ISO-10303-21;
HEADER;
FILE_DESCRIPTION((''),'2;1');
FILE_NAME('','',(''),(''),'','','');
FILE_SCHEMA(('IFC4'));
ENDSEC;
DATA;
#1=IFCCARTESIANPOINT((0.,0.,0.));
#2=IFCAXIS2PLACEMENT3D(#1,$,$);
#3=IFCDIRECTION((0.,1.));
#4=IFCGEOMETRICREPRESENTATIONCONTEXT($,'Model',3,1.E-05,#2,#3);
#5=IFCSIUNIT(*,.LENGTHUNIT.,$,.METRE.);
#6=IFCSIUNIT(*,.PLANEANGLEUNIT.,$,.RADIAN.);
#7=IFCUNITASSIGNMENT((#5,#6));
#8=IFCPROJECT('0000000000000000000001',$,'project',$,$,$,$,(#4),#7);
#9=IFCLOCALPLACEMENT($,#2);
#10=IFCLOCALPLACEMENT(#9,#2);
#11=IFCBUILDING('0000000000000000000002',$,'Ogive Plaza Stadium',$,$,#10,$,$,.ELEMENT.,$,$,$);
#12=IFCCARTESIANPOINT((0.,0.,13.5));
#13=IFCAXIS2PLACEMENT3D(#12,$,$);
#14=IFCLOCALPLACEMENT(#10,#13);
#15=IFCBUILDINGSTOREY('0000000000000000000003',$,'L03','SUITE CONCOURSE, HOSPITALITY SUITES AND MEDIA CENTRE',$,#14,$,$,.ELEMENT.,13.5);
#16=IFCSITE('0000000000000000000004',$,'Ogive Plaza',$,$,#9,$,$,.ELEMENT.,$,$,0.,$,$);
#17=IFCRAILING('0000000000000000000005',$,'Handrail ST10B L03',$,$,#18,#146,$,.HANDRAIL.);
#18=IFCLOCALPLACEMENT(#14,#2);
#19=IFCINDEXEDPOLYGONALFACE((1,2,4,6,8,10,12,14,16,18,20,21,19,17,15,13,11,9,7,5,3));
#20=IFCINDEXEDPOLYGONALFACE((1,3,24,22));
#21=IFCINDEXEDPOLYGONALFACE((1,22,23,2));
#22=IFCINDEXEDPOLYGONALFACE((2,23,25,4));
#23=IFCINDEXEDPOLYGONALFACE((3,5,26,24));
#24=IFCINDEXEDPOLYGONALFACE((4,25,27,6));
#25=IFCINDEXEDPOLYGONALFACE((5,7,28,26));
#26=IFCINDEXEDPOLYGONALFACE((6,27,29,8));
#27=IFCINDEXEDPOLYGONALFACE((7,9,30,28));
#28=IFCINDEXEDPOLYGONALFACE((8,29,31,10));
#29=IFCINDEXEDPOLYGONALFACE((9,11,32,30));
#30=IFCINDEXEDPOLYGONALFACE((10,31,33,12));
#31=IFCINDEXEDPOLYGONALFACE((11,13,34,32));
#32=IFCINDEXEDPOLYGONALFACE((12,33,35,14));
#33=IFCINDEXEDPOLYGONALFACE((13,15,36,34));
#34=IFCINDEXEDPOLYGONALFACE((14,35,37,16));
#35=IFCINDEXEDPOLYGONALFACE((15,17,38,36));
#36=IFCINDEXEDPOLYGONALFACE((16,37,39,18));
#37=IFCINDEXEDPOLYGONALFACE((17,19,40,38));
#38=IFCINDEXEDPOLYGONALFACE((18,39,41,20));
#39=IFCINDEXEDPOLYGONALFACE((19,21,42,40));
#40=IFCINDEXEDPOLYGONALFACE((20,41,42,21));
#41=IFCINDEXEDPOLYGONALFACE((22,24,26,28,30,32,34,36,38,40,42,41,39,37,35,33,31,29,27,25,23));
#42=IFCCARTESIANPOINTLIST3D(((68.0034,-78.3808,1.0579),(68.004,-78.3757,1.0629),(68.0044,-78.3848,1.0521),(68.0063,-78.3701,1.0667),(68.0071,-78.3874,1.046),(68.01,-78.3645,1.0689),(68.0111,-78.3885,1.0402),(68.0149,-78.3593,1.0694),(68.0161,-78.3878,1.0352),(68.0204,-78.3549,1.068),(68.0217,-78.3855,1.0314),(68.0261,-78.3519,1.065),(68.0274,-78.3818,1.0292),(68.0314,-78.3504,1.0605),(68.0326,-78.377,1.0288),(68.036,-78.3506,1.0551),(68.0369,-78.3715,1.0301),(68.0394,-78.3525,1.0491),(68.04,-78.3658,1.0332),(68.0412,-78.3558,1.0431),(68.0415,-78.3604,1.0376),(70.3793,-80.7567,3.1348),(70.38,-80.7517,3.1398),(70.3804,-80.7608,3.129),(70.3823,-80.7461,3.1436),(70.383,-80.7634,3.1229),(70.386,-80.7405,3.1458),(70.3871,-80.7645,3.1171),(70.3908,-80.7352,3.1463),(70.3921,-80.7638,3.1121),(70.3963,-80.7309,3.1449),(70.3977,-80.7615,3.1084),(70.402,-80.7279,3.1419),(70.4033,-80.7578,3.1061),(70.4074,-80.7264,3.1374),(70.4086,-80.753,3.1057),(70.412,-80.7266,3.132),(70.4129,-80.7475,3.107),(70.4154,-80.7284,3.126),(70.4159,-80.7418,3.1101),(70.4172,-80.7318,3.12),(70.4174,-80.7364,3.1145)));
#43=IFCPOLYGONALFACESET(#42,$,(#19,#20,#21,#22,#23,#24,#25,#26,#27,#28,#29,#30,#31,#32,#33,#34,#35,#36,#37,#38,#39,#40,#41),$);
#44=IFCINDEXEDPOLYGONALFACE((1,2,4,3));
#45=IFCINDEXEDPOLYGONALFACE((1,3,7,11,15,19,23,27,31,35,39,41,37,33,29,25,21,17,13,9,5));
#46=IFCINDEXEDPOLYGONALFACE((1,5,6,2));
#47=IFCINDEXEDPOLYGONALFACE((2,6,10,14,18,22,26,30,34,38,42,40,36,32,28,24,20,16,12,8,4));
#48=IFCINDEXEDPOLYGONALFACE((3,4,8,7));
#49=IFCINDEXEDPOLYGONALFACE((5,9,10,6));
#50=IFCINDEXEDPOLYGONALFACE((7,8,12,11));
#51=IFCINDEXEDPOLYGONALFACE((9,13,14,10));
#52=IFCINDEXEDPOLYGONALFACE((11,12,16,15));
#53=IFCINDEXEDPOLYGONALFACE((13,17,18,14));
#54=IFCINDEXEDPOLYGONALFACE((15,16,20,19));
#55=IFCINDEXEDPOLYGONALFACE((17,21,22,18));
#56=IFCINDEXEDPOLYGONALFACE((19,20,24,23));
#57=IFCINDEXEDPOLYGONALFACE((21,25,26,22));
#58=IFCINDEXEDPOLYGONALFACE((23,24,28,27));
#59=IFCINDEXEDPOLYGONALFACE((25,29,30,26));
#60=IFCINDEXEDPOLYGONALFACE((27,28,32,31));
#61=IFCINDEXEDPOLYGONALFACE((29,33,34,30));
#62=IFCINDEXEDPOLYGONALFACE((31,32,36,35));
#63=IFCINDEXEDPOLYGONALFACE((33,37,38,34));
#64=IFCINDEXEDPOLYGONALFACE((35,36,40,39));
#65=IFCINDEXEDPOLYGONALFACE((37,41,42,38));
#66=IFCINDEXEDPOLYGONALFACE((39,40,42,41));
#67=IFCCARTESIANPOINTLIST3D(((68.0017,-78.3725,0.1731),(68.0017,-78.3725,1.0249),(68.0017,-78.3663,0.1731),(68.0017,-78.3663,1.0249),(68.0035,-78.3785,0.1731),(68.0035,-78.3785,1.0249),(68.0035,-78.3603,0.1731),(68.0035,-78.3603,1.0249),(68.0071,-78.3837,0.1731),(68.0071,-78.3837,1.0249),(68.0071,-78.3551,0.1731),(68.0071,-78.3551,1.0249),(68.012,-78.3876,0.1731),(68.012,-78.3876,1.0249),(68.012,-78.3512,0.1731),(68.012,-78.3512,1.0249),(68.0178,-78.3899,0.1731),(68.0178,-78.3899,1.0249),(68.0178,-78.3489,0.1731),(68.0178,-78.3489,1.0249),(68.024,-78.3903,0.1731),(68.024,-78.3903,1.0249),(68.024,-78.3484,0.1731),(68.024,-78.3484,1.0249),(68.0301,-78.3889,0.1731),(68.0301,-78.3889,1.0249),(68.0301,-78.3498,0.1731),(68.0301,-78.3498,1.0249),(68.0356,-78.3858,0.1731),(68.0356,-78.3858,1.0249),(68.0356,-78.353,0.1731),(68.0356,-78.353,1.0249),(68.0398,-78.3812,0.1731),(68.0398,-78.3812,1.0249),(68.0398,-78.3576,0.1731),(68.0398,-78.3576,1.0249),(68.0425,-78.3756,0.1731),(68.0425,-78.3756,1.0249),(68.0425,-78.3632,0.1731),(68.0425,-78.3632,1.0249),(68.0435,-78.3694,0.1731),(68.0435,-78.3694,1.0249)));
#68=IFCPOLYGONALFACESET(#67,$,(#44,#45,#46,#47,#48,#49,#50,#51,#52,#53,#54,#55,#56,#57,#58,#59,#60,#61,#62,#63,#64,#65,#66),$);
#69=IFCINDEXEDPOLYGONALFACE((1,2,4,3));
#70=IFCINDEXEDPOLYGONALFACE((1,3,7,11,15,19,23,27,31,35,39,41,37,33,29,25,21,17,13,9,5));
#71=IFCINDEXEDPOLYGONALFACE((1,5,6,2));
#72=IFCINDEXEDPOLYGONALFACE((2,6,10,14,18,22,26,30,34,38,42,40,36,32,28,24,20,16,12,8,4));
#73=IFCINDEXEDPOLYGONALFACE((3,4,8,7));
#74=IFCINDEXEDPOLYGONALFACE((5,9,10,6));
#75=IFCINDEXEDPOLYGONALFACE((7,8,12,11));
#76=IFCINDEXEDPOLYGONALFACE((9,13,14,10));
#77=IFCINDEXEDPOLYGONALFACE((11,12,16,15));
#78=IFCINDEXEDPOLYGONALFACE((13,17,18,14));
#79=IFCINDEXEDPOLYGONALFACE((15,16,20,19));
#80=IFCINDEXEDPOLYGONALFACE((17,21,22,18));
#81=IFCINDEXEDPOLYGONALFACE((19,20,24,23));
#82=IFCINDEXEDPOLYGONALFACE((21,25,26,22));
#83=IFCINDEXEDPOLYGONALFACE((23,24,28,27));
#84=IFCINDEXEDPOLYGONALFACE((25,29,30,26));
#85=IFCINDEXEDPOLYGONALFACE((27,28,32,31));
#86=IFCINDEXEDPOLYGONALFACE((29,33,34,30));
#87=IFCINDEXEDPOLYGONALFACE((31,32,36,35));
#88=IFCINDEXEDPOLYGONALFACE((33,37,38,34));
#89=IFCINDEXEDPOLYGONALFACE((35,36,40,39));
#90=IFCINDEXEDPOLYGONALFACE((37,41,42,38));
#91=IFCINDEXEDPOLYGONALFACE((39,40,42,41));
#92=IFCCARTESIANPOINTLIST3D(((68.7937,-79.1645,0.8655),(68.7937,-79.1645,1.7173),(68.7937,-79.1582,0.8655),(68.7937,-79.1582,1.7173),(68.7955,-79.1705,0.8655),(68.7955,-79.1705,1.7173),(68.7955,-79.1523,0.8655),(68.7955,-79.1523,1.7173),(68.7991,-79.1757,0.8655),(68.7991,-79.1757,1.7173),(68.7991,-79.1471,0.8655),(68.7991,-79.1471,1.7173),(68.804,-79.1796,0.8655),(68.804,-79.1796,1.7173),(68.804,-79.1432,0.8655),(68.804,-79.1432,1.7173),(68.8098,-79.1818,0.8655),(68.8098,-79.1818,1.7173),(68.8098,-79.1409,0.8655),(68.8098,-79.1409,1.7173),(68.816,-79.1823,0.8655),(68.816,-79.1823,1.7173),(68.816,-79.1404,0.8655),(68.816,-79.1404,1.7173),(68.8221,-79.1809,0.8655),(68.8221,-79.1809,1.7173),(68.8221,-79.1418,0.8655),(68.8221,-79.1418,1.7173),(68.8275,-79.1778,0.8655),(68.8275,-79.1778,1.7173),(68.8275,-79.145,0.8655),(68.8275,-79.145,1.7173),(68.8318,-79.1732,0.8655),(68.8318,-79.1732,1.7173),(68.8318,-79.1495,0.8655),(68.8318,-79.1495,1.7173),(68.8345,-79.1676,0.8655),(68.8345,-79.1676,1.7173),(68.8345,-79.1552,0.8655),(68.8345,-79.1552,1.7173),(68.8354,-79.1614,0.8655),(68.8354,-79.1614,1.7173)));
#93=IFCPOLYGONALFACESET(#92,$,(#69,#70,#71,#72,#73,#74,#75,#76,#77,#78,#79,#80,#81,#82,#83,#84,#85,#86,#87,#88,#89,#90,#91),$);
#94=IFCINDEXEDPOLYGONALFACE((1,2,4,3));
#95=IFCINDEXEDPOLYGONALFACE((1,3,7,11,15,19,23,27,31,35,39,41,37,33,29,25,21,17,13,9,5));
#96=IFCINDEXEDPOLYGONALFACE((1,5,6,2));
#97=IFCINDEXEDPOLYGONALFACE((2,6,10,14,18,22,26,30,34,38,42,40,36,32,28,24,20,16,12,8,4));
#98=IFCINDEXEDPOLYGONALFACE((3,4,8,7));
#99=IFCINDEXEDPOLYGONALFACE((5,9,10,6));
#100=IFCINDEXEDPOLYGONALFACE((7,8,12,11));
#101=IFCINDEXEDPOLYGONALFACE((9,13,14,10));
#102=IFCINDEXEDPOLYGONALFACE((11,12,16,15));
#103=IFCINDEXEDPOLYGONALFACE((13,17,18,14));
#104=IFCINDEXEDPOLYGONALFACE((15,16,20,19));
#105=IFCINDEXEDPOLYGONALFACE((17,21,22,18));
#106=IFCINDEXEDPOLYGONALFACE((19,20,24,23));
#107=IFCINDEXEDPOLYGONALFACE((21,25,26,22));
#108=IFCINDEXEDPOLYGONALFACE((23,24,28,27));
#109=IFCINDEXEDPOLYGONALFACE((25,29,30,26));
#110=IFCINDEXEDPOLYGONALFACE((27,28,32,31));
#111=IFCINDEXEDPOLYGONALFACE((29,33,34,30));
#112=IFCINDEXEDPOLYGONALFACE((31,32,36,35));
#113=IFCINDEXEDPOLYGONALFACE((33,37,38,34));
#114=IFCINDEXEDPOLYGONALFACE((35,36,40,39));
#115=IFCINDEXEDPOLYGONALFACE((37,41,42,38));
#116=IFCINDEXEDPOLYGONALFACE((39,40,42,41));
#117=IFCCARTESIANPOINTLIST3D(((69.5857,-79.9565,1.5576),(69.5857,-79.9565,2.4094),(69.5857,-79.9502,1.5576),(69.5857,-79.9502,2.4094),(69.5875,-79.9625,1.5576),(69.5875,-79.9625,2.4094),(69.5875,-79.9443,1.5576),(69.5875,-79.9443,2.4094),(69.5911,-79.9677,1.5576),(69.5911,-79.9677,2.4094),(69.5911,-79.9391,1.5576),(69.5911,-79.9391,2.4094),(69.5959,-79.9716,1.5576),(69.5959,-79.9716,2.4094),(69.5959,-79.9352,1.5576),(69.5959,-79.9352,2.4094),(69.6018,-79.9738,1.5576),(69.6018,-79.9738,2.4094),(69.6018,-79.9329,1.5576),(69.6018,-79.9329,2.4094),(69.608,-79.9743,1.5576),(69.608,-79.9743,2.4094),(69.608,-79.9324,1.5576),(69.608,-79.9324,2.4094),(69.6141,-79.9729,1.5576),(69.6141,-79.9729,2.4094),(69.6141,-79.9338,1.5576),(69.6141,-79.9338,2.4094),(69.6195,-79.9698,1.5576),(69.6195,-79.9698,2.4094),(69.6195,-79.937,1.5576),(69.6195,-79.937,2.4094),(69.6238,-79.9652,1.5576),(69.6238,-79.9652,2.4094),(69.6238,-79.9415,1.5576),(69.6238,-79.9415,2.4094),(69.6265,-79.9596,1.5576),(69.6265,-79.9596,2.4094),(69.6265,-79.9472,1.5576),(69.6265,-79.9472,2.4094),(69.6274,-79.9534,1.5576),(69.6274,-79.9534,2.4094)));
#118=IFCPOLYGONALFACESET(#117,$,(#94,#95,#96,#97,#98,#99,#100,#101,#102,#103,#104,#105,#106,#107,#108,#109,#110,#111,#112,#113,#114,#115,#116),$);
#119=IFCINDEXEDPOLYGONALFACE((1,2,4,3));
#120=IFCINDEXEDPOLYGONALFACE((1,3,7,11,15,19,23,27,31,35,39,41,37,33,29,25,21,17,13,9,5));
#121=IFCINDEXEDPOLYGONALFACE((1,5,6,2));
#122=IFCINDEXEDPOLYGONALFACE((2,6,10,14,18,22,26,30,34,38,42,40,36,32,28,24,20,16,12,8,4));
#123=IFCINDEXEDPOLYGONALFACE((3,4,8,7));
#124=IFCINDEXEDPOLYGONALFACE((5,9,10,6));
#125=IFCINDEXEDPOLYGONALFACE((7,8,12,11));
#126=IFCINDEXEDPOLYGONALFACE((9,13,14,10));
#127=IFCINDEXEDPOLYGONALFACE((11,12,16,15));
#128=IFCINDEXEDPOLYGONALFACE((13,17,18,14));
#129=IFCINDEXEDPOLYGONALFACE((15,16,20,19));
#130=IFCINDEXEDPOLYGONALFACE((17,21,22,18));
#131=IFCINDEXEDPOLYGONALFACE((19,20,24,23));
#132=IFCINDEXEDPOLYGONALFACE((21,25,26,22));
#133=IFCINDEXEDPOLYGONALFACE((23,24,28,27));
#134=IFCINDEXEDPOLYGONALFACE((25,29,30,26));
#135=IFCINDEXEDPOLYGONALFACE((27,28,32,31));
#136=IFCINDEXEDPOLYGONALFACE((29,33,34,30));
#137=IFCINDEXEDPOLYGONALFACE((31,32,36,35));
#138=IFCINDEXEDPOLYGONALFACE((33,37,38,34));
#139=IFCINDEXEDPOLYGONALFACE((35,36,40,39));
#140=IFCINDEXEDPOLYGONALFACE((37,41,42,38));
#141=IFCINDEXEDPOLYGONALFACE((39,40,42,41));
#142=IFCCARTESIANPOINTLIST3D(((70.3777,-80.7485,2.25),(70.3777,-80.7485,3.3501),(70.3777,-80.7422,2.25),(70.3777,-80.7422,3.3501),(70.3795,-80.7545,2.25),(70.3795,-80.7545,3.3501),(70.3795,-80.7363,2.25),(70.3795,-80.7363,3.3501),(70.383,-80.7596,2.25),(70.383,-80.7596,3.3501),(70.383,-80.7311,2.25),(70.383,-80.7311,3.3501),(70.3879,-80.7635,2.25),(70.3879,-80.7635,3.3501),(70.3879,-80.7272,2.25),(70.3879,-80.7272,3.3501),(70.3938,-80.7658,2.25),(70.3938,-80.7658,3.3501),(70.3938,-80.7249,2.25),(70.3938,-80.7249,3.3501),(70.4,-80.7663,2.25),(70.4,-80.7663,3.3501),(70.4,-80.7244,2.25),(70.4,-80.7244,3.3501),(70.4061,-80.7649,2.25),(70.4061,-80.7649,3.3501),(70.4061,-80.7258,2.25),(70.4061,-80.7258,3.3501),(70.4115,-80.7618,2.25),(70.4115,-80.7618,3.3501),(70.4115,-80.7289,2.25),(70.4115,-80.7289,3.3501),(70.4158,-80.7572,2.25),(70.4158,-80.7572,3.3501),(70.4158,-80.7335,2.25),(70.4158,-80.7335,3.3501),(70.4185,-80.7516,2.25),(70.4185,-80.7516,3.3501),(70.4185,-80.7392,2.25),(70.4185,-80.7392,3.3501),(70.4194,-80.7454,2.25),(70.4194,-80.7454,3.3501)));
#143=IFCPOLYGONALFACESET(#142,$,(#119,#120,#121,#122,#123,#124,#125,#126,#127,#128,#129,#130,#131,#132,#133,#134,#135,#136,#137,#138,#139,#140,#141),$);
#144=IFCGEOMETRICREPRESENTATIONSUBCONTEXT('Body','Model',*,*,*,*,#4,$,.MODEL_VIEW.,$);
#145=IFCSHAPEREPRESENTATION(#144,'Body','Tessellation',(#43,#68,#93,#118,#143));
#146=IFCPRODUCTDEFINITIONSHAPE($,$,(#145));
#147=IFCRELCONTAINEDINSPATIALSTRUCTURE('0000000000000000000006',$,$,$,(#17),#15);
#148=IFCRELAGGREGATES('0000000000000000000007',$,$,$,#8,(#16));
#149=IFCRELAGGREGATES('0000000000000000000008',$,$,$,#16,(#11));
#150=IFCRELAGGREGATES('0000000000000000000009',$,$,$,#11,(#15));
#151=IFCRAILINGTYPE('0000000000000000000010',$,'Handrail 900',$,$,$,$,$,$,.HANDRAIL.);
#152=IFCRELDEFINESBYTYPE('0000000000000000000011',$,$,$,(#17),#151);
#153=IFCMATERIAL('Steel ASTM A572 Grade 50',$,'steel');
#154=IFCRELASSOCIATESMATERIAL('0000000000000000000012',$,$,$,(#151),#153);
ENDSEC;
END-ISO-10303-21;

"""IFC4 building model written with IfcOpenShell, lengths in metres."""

from ifc_helpers import new_model, si_unit, direction, frame, origin, origin_2d, place, context, subcontext, project, spatial, circle, extrude, material, type_object, element, save


model = new_model("IFC4")

# Units and contexts
model_context = context("Model", 3, precision=1e-05, world=origin(), true_north=direction((0.0, 1.0)))
body_context = subcontext(model_context, "Body", "Model", "MODEL_VIEW")
ifc_project = project(units=[si_unit("LENGTHUNIT", "METRE"), si_unit("PLANEANGLEUNIT", "RADIAN")], contexts=[model_context])

# Site, building, storey
site_placement = place(None, origin())
site = spatial("IfcSite", under=ifc_project, at=site_placement, Name="Ogive Plaza", CompositionType="ELEMENT", RefElevation=0.0)
building_placement = place(site_placement, origin())
building = spatial("IfcBuilding", under=site, at=building_placement, Name="Ogive Plaza Stadium", CompositionType="ELEMENT")
storey_placement = place(building_placement, frame((0.0, 0.0, 13.5)))
storey = spatial("IfcBuildingStorey", under=building, at=storey_placement, Name="L03", Description="SUITE CONCOURSE, HOSPITALITY SUITES AND MEDIA CENTRE", CompositionType="ELEMENT", Elevation=13.5)

# Railing
ifc_material_1 = material(Name="Steel ASTM A572 Grade 50", Category="steel")
railing_type_1 = type_object("IfcRailingType", Name="Handrail 900", PredefinedType="HANDRAIL", material=ifc_material_1)
railing_1_placement = place(storey_placement, frame((68.0225, -78.3694, 0.1731)))
element("IfcRailing", 1, at=railing_1_placement, inside=storey, type_object=railing_type_1, Name="Handrail ST10B L03", PredefinedType="HANDRAIL", context=body_context, shape_type="SweptSolid", body=[
    extrude(circle(Radius=0.0239, at=origin_2d()), frame((0.0, 0.0, 0.876), z_axis=(0.601483, -0.601483, 0.525772), x_axis=(0.707107, 0.707107, 0.0)), (0.0, 0.0, 1.0), 3.9502),
    extrude(circle(Radius=0.021, at=origin_2d()), origin(), (0.0, 0.0, 1.0), 0.8518),
    extrude(circle(Radius=0.021, at=origin_2d()), frame((0.792, -0.792, 0.6924)), (0.0, 0.0, 1.0), 0.8518),
    extrude(circle(Radius=0.021, at=origin_2d()), frame((1.584, -1.584, 1.3845)), (0.0, 0.0, 1.0), 0.8518),
    extrude(circle(Radius=0.021, at=origin_2d()), frame((2.376, -2.376, 2.0769)), (0.0, 0.0, 1.0), 1.1001),
])

save(model, "model.ifc")
